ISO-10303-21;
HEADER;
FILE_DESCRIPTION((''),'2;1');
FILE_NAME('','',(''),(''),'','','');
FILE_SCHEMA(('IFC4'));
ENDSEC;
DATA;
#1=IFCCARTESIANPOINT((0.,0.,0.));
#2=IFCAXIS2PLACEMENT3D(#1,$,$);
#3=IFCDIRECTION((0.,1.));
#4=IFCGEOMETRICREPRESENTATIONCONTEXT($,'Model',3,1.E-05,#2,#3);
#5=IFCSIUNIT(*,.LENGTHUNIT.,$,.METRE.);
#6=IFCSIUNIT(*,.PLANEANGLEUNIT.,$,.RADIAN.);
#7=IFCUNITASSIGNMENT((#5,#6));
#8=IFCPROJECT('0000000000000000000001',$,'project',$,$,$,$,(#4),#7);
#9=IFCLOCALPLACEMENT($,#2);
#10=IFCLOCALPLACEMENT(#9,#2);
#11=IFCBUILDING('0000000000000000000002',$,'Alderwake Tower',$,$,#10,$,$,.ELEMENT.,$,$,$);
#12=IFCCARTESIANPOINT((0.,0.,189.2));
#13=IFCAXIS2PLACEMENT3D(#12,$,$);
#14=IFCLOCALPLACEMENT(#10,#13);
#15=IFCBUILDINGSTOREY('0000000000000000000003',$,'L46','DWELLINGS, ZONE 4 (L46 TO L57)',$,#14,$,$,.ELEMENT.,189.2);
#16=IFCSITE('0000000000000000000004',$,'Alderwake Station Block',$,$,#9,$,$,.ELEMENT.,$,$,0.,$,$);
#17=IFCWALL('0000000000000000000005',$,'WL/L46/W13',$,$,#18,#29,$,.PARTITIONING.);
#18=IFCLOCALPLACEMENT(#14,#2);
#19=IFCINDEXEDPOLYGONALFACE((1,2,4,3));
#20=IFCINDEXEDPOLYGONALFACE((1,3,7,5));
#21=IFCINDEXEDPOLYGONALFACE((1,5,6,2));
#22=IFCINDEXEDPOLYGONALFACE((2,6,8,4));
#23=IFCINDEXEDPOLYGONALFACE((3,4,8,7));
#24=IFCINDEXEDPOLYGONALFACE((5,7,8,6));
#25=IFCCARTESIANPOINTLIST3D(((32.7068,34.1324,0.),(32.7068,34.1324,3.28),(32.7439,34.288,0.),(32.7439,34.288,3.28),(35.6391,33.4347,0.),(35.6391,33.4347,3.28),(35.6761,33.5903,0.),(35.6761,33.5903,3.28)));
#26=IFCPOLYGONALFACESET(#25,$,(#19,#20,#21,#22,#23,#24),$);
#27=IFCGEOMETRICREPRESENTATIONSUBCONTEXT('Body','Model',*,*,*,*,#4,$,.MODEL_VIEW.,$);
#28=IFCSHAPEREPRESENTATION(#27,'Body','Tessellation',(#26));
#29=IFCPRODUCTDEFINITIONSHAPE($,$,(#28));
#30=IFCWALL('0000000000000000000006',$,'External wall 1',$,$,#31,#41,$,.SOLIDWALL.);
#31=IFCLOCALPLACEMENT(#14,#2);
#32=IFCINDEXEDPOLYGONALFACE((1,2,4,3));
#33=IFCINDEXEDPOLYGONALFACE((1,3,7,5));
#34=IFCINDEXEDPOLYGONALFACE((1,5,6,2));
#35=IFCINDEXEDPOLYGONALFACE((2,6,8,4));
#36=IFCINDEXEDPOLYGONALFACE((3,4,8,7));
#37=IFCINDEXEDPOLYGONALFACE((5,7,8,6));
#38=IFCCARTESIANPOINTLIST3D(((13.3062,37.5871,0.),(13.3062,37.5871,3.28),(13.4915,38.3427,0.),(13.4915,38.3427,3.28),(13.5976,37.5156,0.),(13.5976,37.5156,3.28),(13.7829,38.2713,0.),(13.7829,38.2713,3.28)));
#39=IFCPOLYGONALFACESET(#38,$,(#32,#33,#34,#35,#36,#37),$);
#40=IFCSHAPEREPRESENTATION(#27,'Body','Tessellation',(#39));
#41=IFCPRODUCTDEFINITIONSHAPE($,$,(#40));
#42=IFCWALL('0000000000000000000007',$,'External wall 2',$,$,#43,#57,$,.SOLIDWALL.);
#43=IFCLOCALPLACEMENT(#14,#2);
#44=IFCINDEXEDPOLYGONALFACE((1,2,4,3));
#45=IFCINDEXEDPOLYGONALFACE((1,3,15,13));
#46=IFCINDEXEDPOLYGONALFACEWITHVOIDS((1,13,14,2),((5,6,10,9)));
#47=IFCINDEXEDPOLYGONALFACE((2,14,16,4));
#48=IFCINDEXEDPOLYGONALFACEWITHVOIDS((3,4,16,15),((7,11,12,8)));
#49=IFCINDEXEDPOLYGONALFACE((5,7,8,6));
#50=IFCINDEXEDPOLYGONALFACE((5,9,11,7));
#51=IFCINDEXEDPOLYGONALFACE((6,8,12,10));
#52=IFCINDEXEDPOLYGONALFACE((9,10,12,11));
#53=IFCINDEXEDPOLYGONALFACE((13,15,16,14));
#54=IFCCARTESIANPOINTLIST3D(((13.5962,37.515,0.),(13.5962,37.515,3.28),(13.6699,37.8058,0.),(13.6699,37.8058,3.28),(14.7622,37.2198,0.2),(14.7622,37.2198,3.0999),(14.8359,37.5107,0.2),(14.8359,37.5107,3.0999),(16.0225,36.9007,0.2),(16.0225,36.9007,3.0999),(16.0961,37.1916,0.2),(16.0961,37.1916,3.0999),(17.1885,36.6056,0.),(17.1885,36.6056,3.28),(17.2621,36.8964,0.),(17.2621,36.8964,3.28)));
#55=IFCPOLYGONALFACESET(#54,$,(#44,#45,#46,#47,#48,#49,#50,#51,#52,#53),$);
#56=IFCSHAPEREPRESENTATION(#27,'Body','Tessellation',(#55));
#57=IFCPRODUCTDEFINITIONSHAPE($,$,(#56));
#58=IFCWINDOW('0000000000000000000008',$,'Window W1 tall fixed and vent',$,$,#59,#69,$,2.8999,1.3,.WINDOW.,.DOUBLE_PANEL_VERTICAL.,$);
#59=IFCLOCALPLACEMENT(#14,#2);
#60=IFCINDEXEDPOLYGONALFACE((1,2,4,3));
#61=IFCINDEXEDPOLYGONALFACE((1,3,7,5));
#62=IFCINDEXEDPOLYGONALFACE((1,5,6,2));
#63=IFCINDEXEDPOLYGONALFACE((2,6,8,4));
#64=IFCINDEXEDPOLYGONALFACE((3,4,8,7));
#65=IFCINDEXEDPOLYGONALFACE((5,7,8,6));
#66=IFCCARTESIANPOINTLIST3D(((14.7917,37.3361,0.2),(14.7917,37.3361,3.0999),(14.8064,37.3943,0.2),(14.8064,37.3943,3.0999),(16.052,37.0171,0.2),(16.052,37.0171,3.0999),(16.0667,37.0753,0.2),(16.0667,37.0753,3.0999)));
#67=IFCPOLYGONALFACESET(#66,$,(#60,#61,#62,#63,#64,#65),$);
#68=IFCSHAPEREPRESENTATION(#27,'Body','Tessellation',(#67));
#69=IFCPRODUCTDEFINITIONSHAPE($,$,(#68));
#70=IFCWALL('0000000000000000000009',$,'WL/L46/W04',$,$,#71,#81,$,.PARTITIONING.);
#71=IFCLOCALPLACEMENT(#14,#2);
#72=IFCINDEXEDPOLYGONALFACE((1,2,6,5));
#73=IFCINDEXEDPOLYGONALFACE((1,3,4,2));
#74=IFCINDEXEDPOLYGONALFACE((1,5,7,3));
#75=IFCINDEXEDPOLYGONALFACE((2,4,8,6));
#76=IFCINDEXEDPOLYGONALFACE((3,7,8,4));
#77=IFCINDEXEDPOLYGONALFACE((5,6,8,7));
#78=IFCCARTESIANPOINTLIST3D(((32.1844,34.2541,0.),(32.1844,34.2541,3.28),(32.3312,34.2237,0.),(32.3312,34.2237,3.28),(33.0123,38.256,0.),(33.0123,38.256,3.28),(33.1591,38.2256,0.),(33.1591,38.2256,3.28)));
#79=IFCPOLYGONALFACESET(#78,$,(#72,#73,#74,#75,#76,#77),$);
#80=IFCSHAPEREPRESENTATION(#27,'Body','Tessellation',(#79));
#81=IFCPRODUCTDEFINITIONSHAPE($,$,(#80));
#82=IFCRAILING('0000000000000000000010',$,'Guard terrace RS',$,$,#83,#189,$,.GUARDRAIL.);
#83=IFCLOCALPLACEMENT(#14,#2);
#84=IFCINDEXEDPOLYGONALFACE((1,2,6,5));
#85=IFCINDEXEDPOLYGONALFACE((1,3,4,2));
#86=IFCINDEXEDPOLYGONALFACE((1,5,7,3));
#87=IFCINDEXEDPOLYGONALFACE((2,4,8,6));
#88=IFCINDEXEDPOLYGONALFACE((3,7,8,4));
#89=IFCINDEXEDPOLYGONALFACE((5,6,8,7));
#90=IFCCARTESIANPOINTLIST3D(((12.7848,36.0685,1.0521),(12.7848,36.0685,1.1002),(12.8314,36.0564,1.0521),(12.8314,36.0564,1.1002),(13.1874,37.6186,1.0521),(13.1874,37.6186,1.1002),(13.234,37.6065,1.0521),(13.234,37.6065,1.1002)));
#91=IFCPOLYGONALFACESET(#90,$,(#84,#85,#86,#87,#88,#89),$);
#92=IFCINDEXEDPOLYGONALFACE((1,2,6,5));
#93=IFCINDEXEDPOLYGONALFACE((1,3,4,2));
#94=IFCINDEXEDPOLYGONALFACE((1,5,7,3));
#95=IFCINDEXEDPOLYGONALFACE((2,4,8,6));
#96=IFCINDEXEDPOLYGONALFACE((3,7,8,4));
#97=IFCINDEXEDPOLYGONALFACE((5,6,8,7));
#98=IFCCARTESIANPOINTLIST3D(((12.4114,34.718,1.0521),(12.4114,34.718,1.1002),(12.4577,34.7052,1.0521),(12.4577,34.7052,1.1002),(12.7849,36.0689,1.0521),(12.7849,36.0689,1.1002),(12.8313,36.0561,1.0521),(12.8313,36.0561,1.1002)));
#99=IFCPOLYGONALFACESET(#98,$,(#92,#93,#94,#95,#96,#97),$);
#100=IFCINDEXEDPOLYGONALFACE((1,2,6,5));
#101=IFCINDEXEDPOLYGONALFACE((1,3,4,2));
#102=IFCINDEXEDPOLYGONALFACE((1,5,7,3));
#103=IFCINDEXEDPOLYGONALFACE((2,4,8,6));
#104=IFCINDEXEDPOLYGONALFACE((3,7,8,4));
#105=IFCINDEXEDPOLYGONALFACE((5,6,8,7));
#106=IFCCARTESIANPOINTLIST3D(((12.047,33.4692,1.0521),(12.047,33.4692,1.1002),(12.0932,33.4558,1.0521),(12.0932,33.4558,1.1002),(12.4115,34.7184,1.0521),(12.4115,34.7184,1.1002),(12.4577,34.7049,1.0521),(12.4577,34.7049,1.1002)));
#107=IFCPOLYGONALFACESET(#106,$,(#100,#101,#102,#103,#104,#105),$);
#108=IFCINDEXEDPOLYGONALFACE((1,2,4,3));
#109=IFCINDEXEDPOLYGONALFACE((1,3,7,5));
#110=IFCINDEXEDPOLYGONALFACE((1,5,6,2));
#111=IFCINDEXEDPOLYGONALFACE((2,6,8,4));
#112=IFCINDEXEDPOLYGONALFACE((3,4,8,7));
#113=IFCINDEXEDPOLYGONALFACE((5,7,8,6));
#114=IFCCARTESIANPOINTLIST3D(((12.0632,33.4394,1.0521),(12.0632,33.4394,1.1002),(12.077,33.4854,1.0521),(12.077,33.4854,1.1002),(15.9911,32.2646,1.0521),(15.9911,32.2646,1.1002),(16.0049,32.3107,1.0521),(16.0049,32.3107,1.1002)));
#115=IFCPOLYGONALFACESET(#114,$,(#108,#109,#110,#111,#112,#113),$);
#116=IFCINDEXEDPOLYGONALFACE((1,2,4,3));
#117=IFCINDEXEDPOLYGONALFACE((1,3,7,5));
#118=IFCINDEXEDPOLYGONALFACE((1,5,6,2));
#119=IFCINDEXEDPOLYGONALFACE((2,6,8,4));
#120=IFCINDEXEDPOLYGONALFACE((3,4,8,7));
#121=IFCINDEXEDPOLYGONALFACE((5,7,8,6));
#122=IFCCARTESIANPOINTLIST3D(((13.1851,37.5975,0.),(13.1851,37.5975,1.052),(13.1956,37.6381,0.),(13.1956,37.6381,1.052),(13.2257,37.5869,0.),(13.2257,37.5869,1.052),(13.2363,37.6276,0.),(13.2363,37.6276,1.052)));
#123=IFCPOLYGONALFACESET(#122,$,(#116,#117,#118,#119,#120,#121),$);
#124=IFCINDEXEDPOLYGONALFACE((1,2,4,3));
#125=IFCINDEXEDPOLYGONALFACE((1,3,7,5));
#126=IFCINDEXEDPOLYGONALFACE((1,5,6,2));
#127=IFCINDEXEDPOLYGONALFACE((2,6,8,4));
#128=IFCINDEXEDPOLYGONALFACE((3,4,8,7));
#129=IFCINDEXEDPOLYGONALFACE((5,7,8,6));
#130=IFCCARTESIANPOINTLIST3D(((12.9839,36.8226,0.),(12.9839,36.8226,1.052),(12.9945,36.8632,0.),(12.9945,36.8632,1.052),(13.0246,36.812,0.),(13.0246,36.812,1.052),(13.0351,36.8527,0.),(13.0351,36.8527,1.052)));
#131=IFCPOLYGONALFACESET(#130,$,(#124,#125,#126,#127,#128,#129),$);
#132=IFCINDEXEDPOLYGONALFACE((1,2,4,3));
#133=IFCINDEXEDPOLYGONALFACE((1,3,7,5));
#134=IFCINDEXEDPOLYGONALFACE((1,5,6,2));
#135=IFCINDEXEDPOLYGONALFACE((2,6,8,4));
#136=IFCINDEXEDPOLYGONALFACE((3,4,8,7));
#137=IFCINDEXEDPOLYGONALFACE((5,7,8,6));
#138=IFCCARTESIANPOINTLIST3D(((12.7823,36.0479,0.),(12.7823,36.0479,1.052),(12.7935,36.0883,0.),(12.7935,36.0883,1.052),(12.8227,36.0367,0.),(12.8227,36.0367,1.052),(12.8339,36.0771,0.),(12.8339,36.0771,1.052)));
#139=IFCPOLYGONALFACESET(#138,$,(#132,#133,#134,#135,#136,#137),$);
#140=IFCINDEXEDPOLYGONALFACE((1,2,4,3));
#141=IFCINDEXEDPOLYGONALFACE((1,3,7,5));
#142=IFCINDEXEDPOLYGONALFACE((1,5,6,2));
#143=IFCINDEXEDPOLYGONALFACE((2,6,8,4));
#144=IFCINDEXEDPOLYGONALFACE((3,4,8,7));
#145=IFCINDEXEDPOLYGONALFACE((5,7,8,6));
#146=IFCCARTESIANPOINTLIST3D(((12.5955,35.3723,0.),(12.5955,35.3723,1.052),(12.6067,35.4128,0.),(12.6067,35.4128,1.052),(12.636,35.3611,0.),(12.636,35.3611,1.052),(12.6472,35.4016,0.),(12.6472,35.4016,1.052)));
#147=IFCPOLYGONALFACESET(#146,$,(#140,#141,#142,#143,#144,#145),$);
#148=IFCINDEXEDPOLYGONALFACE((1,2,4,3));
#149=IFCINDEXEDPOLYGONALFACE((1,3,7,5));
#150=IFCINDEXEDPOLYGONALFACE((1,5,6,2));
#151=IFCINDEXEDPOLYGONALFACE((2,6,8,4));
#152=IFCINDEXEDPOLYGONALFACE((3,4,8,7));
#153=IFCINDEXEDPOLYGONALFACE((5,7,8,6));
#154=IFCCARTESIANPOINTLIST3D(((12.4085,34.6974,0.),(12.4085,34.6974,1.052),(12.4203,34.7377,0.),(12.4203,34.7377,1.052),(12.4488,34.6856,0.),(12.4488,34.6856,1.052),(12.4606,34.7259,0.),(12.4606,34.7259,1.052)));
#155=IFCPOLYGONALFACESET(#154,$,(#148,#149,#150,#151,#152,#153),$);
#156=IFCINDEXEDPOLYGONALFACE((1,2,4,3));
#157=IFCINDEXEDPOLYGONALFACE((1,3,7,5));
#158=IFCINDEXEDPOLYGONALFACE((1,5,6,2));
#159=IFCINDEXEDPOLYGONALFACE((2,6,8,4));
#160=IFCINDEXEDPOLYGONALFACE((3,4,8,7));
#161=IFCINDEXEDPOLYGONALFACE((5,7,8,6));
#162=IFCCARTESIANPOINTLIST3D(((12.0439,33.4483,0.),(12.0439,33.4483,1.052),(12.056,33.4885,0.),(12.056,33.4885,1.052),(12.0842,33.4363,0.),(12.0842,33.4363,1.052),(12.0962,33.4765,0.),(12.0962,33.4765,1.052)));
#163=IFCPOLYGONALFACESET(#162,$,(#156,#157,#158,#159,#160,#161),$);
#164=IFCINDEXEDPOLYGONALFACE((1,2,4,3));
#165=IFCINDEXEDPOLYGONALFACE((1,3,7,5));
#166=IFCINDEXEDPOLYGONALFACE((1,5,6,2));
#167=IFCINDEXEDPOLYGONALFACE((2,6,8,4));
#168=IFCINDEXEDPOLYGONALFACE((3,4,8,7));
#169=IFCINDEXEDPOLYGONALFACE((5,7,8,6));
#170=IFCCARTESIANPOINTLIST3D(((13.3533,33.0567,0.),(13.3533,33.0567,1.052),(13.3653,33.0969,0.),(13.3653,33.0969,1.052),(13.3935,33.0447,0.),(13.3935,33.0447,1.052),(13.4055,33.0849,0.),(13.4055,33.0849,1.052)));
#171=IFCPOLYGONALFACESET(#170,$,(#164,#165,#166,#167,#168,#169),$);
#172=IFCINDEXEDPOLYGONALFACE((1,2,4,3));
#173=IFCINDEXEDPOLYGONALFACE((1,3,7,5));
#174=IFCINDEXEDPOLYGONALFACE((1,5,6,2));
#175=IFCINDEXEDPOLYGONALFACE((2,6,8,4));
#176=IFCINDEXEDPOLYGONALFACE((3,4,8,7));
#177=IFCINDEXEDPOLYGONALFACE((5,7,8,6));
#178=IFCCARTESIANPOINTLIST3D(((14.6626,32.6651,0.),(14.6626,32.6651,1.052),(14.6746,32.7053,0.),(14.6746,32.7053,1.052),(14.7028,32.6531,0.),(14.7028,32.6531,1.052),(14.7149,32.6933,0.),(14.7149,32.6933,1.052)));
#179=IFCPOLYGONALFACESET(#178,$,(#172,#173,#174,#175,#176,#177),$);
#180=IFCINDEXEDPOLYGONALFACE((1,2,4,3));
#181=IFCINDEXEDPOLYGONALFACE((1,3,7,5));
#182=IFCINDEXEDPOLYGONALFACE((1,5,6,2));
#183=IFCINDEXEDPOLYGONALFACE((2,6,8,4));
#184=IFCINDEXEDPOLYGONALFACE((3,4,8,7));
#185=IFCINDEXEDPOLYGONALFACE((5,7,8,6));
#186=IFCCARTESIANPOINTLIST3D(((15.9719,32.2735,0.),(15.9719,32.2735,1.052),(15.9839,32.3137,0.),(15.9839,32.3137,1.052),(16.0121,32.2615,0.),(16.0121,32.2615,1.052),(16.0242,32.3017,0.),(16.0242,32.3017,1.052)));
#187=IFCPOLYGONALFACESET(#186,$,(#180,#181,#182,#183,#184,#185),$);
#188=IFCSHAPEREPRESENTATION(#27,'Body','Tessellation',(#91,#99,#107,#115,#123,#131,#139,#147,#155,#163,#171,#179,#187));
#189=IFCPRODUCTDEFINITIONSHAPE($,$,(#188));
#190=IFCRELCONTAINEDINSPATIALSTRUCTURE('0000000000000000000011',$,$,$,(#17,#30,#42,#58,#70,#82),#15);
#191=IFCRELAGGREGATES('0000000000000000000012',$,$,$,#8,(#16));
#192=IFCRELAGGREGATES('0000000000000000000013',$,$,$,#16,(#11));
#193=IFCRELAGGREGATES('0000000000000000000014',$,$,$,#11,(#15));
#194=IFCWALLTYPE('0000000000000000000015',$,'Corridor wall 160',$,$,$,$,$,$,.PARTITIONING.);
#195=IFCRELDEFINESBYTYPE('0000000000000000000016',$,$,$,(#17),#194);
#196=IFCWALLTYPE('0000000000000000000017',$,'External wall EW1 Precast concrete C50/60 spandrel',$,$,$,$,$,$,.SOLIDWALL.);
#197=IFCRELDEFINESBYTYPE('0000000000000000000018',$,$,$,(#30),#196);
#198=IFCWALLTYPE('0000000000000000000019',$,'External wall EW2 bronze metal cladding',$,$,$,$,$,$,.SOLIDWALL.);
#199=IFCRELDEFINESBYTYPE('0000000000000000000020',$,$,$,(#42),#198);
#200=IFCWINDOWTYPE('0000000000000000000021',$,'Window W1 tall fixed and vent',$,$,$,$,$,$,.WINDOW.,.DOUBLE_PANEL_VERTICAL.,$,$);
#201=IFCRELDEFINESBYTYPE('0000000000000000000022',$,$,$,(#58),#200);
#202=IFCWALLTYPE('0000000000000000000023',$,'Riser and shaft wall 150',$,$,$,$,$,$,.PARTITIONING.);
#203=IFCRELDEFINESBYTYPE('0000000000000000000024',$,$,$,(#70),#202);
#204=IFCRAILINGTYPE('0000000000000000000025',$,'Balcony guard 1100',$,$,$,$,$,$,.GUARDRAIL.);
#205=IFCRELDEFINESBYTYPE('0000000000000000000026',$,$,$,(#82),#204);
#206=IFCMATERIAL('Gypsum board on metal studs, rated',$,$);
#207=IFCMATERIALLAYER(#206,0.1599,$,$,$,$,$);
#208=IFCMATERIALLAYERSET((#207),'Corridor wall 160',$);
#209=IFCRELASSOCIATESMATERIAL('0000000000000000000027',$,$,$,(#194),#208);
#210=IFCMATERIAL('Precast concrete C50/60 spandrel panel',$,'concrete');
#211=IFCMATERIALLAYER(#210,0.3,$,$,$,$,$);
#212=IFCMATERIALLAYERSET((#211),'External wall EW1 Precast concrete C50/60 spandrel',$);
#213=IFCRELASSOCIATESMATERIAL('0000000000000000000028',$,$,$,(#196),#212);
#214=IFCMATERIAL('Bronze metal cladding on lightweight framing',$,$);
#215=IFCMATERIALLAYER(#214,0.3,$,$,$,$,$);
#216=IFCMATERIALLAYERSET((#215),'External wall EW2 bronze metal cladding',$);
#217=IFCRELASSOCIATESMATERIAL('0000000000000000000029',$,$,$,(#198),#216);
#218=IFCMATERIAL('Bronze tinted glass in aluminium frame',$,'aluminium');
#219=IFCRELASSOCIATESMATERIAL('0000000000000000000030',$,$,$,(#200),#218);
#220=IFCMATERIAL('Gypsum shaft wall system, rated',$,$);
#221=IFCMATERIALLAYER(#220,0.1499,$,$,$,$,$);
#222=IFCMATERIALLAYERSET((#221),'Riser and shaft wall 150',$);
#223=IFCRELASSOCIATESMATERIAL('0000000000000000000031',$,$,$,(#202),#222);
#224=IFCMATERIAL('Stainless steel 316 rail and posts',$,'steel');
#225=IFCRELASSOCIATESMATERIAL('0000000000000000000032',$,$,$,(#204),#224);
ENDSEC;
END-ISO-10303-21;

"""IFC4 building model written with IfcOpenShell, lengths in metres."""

from ifc_helpers import new_model, si_unit, direction, frame, frame_2d, origin, origin_2d, place, context, subcontext, project, spatial, rectangle, extrude, material, layer, layer_set, type_object, element, fill, save


model = new_model("IFC4")

# Units and contexts
model_context = context("Model", 3, precision=1e-05, world=origin(), true_north=direction((0.0, 1.0)))
body_context = subcontext(model_context, "Body", "Model", "MODEL_VIEW")
ifc_project = project(units=[si_unit("LENGTHUNIT", "METRE"), si_unit("PLANEANGLEUNIT", "RADIAN")], contexts=[model_context])

# Site, building, storey
site_placement = place(None, origin())
site = spatial("IfcSite", under=ifc_project, at=site_placement, Name="Alderwake Station Block", CompositionType="ELEMENT", RefElevation=0.0)
building_placement = place(site_placement, origin())
building = spatial("IfcBuilding", under=site, at=building_placement, Name="Alderwake Tower", CompositionType="ELEMENT")
storey_placement = place(building_placement, frame((0.0, 0.0, 189.2)))
storey = spatial("IfcBuildingStorey", under=building, at=storey_placement, Name="L46", Description="DWELLINGS, ZONE 4 (L46 TO L57)", CompositionType="ELEMENT", Elevation=189.2)

# Walls
ifc_material_1 = material(Name="Gypsum board on metal studs, rated")
ifc_layer_1 = layer(ifc_material_1, 0.1599)
ifc_layer_set_1 = layer_set([ifc_layer_1], Name="Corridor wall 160")
wall_type_1 = type_object("IfcWallType", Name="Corridor wall 160", PredefinedType="PARTITIONING", material=ifc_layer_set_1)
wall_1_placement = place(storey_placement, frame((32.7253, 34.2102, 0.0), z_axis=(0.0, 0.0, 1.0), x_axis=(0.972838, -0.231485, 0.0)))
element("IfcWall", 1, at=wall_1_placement, inside=storey, type_object=wall_type_1, Name="WL/L46/W13", PredefinedType="PARTITIONING", context=body_context, shape_type="SweptSolid", body=[
    extrude(rectangle(XDim=3.0142, YDim=0.1599, at=frame_2d((1.5071, 0.0))), origin(), (0.0, 0.0, 1.0), 3.28),
])
ifc_material_2 = material(Name="Precast concrete C50/60 spandrel panel", Category="concrete")
ifc_layer_2 = layer(ifc_material_2, 0.3)
ifc_layer_set_2 = layer_set([ifc_layer_2], Name="External wall EW1 Precast concrete C50/60 spandrel")
wall_type_2 = type_object("IfcWallType", Name="External wall EW1 Precast concrete C50/60 spandrel", PredefinedType="SOLIDWALL", material=ifc_layer_set_2)
wall_2_placement = place(storey_placement, frame((13.6372, 38.3071, 0.0), z_axis=(0.0, 0.0, 1.0), x_axis=(-0.238177, -0.971222, 0.0)))
element("IfcWall", 2, at=wall_2_placement, inside=storey, type_object=wall_type_2, Name="External wall 1", PredefinedType="SOLIDWALL", context=body_context, shape_type="SweptSolid", body=[
    extrude(rectangle(XDim=0.7781, YDim=0.3, at=frame_2d((0.3892, 0.0))), origin(), (0.0, 0.0, 1.0), 3.28),
])

# Wall, opening, window
ifc_material_3 = material(Name="Bronze metal cladding on lightweight framing")
ifc_layer_3 = layer(ifc_material_3, 0.3)
ifc_layer_set_3 = layer_set([ifc_layer_3], Name="External wall EW2 bronze metal cladding")
wall_type_3 = type_object("IfcWallType", Name="External wall EW2 bronze metal cladding", PredefinedType="SOLIDWALL", material=ifc_layer_set_3)
wall_3_placement = place(storey_placement, frame((13.6331, 37.6604, 0.0), z_axis=(0.0, 0.0, 1.0), x_axis=(0.969417, -0.245418, 0.0)))
wall_3 = element("IfcWall", 3, at=wall_3_placement, inside=storey, type_object=wall_type_3, Name="External wall 2", PredefinedType="SOLIDWALL", context=body_context, shape_type="SweptSolid", body=[
    extrude(rectangle(XDim=3.7056, YDim=0.3, at=frame_2d((1.8528, 0.0))), origin(), (0.0, 0.0, 1.0), 3.28),
])
opening_1_placement = place(wall_3_placement, frame((1.2029, 0.0, 0.2)))
opening_1 = element("IfcOpeningElement", 4, at=opening_1_placement, cuts=wall_3, PredefinedType="OPENING", context=body_context, shape_type="SweptSolid", body=[
    extrude(rectangle(XDim=1.3, YDim=2.8999, at=frame_2d((0.6499, 1.45))), frame((0.0, 0.1599, 0.0), z_axis=(0.0, -1.0, 0.0), x_axis=(1.0, 0.0, 0.0)), (0.0, 0.0, 1.0), 0.3201),
])
ifc_material_4 = material(Name="Bronze tinted glass in aluminium frame", Category="aluminium")
window_type = type_object("IfcWindowType", Name="Window W1 tall fixed and vent", PartitioningType="DOUBLE_PANEL_VERTICAL", PredefinedType="WINDOW", material=ifc_material_4)
window_1_placement = place(opening_1_placement, origin())
window_1 = element("IfcWindow", 5, at=window_1_placement, inside=storey, type_object=window_type, Name="Window W1 tall fixed and vent", OverallHeight=2.8999, OverallWidth=1.3, PartitioningType="DOUBLE_PANEL_VERTICAL", PredefinedType="WINDOW", context=body_context, shape_type="SweptSolid", body=[
    extrude(rectangle(XDim=1.3, YDim=2.8999, at=frame_2d((0.6499, 1.45))), frame((0.0, 0.03, 0.0), z_axis=(0.0, -1.0, 0.0), x_axis=(1.0, 0.0, 0.0)), (0.0, 0.0, 1.0), 0.0601),
])
fill(opening_1, window_1)

# Wall
ifc_material_5 = material(Name="Gypsum shaft wall system, rated")
ifc_layer_4 = layer(ifc_material_5, 0.1499)
ifc_layer_set_4 = layer_set([ifc_layer_4], Name="Riser and shaft wall 150")
wall_type_4 = type_object("IfcWallType", Name="Riser and shaft wall 150", PredefinedType="PARTITIONING", material=ifc_layer_set_4)
wall_4_placement = place(storey_placement, frame((32.2578, 34.2388, 0.0), z_axis=(0.0, 0.0, 1.0), x_axis=(0.20258, 0.979266, 0.0)))
element("IfcWall", 6, at=wall_4_placement, inside=storey, type_object=wall_type_4, Name="WL/L46/W04", PredefinedType="PARTITIONING", context=body_context, shape_type="SweptSolid", body=[
    extrude(rectangle(XDim=4.0867, YDim=0.1499, at=frame_2d((2.0435, 0.0))), origin(), (0.0, 0.0, 1.0), 3.28),
])

# Railing
ifc_material_6 = material(Name="Stainless steel 316 rail and posts", Category="steel")
railing_type = type_object("IfcRailingType", Name="Balcony guard 1100", PredefinedType="GUARDRAIL", material=ifc_material_6)
railing_placement = place(storey_placement, frame((13.2107, 37.6125, 0.0)))
element("IfcRailing", 7, at=railing_placement, inside=storey, type_object=railing_type, Name="Guard terrace RS", PredefinedType="GUARDRAIL", context=body_context, shape_type="SweptSolid", body=[
    extrude(rectangle(XDim=0.0481, YDim=0.0481, at=origin_2d()), frame((0.0, 0.0, 1.0762), z_axis=(-0.251385, -0.967887, 0.0), x_axis=(0.967887, -0.251385, 0.0)), (0.0, 0.0, 1.0), 1.6016),
    extrude(rectangle(XDim=0.0481, YDim=0.0481, at=origin_2d()), frame((-0.4026, -1.55, 1.0762), z_axis=(-0.266521, -0.963829, 0.0), x_axis=(0.963829, -0.266521, 0.0)), (0.0, 0.0, 1.0), 1.4016),
    extrude(rectangle(XDim=0.0481, YDim=0.0481, at=origin_2d()), frame((-0.7761, -2.9009, 1.0762), z_axis=(-0.280094, -0.959973, 0.0), x_axis=(0.959973, -0.280094, 0.0)), (0.0, 0.0, 1.0), 1.3013),
    extrude(rectangle(XDim=0.0481, YDim=0.0481, at=origin_2d()), frame((-1.1406, -4.1501, 1.0762), z_axis=(0.958067, -0.286545, 0.0), x_axis=(0.286545, 0.958067, 0.0)), (0.0, 0.0, 1.0), 4.0999),
    extrude(rectangle(XDim=0.042, YDim=0.042, at=origin_2d()), frame((0.0, 0.0, 0.0), z_axis=(0.0, 0.0, 1.0), x_axis=(-0.251385, -0.967887, 0.0)), (0.0, 0.0, 1.0), 1.052),
    extrude(rectangle(XDim=0.042, YDim=0.042, at=origin_2d()), frame((-0.2012, -0.7749, 0.0), z_axis=(0.0, 0.0, 1.0), x_axis=(-0.251385, -0.967887, 0.0)), (0.0, 0.0, 1.0), 1.052),
    extrude(rectangle(XDim=0.042, YDim=0.042, at=origin_2d()), frame((-0.4026, -1.55, 0.0), z_axis=(0.0, 0.0, 1.0), x_axis=(-0.266521, -0.963829, 0.0)), (0.0, 0.0, 1.0), 1.052),
    extrude(rectangle(XDim=0.042, YDim=0.042, at=origin_2d()), frame((-0.5894, -2.2256, 0.0), z_axis=(0.0, 0.0, 1.0), x_axis=(-0.266521, -0.963829, 0.0)), (0.0, 0.0, 1.0), 1.052),
    extrude(rectangle(XDim=0.042, YDim=0.042, at=origin_2d()), frame((-0.7761, -2.9009, 0.0), z_axis=(0.0, 0.0, 1.0), x_axis=(-0.280094, -0.959973, 0.0)), (0.0, 0.0, 1.0), 1.052),
    extrude(rectangle(XDim=0.042, YDim=0.042, at=origin_2d()), frame((-1.1406, -4.1501, 0.0), z_axis=(0.0, 0.0, 1.0), x_axis=(0.958067, -0.286545, 0.0)), (0.0, 0.0, 1.0), 1.052),
    extrude(rectangle(XDim=0.042, YDim=0.042, at=origin_2d()), frame((0.1687, -4.5417, 0.0), z_axis=(0.0, 0.0, 1.0), x_axis=(0.958067, -0.286545, 0.0)), (0.0, 0.0, 1.0), 1.052),
    extrude(rectangle(XDim=0.042, YDim=0.042, at=origin_2d()), frame((1.478, -4.9333, 0.0), z_axis=(0.0, 0.0, 1.0), x_axis=(0.958067, -0.286545, 0.0)), (0.0, 0.0, 1.0), 1.052),
    extrude(rectangle(XDim=0.042, YDim=0.042, at=origin_2d()), frame((2.7874, -5.325, 0.0), z_axis=(0.0, 0.0, 1.0), x_axis=(0.958067, -0.286545, 0.0)), (0.0, 0.0, 1.0), 1.052),
])

save(model, "model.ifc")
